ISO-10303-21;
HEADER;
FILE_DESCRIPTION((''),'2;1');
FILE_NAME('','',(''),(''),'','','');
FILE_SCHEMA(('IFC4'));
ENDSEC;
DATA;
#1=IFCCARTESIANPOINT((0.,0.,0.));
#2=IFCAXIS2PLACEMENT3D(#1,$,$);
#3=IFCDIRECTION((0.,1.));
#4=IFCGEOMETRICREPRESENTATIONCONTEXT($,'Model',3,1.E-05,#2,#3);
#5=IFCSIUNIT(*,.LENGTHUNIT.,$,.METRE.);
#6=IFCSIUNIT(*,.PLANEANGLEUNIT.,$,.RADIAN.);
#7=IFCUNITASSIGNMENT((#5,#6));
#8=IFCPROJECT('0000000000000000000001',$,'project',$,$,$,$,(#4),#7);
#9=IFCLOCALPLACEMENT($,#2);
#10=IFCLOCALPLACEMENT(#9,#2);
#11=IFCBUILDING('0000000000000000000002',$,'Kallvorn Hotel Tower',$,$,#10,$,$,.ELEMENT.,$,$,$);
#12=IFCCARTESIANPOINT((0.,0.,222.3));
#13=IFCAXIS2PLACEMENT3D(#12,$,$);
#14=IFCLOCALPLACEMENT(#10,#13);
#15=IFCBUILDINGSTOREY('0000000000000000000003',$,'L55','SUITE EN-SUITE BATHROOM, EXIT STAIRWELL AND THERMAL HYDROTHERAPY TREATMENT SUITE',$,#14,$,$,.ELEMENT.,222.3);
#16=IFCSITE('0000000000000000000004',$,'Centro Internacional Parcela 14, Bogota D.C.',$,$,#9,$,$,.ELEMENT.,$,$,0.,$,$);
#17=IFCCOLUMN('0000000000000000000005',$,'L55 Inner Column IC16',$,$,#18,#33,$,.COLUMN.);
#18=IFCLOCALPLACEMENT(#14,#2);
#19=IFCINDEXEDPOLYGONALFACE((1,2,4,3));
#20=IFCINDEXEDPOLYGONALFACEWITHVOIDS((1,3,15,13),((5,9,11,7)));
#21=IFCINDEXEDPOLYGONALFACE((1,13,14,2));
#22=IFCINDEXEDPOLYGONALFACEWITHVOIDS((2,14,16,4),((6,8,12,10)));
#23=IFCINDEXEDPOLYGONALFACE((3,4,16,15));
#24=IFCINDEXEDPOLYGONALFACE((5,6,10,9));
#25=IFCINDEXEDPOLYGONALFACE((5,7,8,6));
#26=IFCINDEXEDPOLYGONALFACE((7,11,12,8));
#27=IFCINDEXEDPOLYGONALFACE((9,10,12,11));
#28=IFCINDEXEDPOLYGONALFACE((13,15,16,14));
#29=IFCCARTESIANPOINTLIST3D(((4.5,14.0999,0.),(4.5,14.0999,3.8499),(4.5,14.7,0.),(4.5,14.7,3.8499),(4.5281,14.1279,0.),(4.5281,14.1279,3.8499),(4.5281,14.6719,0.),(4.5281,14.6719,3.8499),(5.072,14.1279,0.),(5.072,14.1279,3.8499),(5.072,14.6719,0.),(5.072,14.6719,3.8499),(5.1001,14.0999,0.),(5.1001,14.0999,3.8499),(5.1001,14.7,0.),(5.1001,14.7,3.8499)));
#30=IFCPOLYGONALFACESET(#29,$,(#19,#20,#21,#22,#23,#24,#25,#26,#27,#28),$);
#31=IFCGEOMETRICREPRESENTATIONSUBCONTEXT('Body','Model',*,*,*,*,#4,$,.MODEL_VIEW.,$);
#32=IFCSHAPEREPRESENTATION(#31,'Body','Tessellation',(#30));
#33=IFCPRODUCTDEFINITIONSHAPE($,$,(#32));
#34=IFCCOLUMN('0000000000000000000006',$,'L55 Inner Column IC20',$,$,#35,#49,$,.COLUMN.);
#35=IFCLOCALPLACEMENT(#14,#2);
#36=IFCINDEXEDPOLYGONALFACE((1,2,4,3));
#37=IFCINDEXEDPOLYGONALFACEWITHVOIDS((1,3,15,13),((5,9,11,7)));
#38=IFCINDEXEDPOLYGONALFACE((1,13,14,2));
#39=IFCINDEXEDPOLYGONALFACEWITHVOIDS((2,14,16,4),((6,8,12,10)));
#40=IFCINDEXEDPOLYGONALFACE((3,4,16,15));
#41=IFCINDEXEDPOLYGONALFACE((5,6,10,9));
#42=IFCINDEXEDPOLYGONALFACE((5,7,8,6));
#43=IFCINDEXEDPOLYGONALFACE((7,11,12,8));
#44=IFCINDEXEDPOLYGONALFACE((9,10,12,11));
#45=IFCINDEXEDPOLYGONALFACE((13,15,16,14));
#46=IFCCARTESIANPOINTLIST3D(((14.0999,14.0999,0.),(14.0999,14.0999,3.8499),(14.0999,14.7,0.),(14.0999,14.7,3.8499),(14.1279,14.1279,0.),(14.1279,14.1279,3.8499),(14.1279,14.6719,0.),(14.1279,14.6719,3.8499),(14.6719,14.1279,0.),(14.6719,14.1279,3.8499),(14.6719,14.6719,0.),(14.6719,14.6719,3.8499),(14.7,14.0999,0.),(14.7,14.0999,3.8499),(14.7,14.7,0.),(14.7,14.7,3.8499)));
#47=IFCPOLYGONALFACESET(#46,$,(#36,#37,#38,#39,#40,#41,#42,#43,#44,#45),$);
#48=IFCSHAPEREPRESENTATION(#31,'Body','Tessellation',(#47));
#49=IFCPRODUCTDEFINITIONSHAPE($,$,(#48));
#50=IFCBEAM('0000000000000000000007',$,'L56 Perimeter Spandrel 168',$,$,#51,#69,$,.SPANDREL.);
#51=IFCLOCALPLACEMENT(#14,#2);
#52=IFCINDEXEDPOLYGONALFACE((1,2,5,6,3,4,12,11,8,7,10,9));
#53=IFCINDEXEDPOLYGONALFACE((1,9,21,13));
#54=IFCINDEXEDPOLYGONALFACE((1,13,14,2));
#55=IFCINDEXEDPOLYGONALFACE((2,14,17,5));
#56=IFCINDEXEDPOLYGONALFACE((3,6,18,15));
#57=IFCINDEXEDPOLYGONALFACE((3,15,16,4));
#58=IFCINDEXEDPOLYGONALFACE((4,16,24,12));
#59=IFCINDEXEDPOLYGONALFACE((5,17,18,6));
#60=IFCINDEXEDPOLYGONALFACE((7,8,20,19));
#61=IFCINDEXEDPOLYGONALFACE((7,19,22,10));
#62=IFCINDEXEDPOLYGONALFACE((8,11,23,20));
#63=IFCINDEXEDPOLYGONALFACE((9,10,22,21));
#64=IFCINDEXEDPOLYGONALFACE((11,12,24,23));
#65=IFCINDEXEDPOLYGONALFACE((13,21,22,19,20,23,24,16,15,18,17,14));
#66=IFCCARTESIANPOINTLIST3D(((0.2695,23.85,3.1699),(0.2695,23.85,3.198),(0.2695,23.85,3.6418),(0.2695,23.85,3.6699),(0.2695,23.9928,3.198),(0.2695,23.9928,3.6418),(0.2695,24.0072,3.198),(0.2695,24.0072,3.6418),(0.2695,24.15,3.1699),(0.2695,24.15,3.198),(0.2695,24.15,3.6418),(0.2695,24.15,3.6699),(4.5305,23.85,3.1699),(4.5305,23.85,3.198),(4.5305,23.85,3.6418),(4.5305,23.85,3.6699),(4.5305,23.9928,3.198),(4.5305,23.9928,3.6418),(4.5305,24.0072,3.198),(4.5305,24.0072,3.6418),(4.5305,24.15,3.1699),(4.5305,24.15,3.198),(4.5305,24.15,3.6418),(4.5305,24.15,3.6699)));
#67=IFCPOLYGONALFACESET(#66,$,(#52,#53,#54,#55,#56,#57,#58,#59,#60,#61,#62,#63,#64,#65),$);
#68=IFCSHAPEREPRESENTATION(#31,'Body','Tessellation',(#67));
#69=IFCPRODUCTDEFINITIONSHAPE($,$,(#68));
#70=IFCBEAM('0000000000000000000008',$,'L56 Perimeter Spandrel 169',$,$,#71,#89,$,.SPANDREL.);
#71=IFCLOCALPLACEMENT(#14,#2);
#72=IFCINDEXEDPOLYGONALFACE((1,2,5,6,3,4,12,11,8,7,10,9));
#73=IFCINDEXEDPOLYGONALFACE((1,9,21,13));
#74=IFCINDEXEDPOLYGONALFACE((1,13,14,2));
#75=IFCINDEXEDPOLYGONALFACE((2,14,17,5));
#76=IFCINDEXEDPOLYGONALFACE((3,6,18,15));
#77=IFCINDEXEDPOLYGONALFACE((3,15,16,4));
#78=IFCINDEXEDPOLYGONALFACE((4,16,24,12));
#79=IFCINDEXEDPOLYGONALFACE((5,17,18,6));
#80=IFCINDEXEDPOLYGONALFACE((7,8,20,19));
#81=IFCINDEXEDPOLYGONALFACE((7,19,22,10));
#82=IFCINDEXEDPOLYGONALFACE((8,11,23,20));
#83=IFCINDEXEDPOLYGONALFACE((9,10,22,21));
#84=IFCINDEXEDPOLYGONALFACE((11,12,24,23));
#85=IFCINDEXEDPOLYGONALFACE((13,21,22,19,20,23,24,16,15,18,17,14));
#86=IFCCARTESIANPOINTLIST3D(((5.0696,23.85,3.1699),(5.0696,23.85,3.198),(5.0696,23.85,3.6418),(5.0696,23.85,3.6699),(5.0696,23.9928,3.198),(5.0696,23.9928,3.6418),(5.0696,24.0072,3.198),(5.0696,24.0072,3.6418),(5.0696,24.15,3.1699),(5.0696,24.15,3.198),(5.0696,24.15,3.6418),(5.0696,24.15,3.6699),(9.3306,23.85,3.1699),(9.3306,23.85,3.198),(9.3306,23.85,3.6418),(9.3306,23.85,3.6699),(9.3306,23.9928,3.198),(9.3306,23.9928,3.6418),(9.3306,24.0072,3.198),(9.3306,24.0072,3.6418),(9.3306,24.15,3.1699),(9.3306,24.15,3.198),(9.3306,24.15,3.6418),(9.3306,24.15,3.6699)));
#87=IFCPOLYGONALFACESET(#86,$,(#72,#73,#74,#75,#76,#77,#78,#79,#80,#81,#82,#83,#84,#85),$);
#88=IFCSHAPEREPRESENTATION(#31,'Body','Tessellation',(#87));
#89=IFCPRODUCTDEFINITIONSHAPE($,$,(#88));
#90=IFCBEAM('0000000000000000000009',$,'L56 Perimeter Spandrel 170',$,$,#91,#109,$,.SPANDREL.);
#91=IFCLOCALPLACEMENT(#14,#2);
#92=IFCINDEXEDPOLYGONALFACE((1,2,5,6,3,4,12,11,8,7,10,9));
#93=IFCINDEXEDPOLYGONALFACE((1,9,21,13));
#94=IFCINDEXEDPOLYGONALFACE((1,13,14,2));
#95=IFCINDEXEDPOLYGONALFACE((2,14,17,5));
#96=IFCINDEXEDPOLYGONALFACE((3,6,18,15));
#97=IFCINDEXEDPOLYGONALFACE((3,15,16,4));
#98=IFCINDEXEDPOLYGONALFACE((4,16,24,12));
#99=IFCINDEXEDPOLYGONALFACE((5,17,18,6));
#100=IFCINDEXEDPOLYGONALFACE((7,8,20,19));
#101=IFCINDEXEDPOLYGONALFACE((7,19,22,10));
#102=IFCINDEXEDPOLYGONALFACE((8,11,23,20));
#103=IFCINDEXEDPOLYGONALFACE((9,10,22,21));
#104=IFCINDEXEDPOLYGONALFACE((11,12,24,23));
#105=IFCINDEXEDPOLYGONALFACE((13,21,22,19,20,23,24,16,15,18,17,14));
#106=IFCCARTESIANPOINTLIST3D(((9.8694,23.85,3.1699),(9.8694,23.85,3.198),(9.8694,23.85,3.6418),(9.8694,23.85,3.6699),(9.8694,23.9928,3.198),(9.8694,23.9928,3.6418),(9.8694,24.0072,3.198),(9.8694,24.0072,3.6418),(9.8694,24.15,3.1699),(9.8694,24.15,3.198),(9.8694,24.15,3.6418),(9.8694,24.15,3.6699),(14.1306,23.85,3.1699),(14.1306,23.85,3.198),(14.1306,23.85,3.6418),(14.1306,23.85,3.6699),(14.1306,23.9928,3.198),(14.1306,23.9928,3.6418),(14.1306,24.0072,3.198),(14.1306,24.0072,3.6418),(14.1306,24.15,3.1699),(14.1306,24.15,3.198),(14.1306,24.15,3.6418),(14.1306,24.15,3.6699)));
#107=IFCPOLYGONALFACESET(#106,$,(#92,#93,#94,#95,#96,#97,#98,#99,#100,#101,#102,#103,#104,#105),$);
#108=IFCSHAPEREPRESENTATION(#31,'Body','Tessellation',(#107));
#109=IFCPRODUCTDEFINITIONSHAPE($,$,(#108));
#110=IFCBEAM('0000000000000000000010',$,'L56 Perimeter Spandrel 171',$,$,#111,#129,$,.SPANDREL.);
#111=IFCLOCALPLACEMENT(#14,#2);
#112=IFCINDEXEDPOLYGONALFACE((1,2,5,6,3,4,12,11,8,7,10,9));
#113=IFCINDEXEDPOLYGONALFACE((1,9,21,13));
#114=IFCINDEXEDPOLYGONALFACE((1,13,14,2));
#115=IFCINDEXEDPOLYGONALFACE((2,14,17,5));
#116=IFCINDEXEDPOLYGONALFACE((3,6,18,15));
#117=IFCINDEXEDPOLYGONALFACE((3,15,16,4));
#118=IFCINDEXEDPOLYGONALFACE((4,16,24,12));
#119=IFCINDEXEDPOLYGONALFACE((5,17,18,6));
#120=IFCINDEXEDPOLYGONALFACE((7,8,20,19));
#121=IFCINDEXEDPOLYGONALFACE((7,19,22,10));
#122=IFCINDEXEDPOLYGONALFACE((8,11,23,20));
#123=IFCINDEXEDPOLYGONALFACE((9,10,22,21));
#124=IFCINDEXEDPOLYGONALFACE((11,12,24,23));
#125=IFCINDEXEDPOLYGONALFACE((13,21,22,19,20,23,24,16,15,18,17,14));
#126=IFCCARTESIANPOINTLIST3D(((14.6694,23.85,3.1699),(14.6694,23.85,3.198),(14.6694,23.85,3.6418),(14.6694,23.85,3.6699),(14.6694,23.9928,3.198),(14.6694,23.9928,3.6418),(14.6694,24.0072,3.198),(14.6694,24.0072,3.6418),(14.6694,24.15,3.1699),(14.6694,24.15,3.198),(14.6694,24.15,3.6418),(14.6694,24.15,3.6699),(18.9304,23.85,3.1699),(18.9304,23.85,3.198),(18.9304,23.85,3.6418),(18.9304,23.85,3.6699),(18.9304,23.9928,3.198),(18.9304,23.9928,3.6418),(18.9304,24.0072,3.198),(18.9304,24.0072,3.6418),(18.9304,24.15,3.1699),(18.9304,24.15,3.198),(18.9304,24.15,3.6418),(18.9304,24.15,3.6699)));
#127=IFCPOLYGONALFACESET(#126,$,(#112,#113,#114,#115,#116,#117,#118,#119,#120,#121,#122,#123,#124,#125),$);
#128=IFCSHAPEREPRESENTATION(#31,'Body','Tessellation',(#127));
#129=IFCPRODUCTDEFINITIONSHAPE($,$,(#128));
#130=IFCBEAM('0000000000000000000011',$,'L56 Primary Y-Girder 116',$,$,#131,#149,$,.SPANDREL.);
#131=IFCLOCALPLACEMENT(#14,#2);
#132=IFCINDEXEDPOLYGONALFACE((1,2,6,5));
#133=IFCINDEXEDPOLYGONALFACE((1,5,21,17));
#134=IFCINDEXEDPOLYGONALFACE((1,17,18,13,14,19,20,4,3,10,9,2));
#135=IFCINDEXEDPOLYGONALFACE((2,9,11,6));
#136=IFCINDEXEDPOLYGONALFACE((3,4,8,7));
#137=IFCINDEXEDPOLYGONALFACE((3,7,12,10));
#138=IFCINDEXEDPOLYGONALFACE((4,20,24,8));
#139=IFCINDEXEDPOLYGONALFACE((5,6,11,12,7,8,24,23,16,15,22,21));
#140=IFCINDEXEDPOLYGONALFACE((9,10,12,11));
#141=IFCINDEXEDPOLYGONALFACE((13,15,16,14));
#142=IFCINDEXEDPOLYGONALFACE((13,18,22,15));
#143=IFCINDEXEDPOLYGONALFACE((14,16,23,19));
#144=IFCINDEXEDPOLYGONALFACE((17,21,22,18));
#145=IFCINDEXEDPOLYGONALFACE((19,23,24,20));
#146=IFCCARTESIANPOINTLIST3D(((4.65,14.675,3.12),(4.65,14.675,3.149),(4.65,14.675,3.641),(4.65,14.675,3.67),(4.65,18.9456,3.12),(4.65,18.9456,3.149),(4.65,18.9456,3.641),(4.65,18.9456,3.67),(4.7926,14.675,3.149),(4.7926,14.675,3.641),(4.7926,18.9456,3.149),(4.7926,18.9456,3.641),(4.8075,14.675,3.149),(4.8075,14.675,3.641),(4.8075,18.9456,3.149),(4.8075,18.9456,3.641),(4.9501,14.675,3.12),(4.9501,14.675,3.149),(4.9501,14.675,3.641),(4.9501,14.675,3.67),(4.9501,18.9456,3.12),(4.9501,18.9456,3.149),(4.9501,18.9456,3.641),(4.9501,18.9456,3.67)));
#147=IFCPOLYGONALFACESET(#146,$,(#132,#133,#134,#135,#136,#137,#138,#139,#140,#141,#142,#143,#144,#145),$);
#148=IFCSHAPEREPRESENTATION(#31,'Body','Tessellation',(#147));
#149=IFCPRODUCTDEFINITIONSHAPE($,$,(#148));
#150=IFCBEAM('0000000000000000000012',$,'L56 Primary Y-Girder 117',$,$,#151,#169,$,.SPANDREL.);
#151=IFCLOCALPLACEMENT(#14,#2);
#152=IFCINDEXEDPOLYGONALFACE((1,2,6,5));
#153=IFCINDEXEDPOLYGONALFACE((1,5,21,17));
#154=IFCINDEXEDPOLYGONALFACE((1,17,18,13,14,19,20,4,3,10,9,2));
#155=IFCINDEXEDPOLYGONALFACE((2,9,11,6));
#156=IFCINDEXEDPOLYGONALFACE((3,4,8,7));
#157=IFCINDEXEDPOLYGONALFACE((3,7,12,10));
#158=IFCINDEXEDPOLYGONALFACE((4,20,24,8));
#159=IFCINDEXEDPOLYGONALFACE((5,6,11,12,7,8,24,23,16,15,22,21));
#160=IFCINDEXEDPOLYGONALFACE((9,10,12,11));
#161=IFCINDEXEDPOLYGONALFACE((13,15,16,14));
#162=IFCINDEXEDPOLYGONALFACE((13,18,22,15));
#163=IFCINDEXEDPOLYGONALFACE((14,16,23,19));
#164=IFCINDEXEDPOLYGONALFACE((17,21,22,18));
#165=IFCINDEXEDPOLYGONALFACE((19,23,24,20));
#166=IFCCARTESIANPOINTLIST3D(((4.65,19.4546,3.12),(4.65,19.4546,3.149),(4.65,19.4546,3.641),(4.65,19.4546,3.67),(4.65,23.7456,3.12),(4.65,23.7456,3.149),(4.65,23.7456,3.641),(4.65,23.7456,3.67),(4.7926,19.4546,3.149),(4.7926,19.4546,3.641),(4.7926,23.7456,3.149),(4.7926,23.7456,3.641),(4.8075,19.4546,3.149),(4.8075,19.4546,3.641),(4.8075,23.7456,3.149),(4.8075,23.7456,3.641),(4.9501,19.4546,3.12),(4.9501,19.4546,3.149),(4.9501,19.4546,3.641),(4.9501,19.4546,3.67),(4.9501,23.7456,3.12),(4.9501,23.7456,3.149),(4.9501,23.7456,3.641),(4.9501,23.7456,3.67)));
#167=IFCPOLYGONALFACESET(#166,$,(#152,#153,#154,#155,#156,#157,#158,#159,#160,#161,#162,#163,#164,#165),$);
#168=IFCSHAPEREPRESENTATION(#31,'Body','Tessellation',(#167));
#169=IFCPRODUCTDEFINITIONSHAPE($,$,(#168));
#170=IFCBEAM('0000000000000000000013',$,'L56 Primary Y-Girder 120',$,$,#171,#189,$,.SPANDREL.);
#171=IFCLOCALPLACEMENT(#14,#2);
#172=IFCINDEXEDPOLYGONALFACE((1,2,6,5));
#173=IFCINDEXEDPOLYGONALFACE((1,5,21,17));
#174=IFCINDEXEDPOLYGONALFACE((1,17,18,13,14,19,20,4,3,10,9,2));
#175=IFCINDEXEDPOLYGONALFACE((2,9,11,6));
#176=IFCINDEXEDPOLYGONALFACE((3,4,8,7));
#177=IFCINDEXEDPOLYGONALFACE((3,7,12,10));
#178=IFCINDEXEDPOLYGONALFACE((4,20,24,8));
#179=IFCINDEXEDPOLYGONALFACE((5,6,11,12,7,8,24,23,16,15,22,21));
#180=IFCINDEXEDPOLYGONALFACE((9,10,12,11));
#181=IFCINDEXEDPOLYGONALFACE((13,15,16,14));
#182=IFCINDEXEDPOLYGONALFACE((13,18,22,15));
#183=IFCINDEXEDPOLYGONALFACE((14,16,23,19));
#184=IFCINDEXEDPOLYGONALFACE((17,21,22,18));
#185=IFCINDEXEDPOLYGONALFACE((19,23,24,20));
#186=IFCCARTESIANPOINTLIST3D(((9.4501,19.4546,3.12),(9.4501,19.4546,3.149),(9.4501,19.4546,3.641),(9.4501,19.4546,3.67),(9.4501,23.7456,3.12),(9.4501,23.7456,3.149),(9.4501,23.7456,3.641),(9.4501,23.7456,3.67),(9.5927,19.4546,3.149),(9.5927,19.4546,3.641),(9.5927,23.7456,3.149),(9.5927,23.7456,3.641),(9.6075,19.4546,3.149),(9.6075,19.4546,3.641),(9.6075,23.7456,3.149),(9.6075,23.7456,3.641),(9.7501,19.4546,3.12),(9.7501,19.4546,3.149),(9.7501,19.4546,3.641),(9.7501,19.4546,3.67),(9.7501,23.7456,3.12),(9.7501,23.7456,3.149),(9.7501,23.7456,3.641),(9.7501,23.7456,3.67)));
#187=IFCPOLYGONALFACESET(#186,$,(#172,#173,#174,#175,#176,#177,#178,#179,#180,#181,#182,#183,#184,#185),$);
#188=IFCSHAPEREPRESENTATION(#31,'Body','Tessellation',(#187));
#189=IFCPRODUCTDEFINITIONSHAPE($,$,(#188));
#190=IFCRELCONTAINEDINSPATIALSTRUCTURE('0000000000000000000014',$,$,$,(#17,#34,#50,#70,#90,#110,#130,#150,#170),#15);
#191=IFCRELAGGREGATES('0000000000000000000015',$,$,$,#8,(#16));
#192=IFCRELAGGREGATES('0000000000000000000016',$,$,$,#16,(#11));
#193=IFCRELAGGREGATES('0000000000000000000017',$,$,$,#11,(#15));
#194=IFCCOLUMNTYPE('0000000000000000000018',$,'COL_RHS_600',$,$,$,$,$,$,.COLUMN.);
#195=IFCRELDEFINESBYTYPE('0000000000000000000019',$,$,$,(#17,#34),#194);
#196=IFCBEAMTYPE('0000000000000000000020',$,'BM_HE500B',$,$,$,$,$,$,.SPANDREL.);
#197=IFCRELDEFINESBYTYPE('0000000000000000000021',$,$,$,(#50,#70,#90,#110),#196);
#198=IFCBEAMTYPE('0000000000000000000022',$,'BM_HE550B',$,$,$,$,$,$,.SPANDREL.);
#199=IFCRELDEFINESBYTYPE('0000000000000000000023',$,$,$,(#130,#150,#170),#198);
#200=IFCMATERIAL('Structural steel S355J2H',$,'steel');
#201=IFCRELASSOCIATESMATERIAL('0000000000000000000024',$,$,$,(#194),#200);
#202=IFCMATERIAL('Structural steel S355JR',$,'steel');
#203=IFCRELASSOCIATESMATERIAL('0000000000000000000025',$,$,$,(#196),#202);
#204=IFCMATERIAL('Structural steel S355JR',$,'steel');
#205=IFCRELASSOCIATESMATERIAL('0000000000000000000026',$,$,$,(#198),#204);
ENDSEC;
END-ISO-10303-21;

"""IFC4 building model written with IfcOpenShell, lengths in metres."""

from ifc_helpers import new_model, si_unit, direction, frame, origin, origin_2d, place, context, subcontext, project, spatial, hollow_rectangle, i_section, extrude, material, material_profile, profile_set, type_object, element, save


model = new_model("IFC4")

# Units and contexts
model_context = context("Model", 3, precision=1e-05, world=origin(), true_north=direction((0.0, 1.0)))
body_context = subcontext(model_context, "Body", "Model", "MODEL_VIEW")
ifc_project = project(units=[si_unit("LENGTHUNIT", "METRE"), si_unit("PLANEANGLEUNIT", "RADIAN")], contexts=[model_context])

# Site, building, storey
site_placement = place(None, origin())
site = spatial("IfcSite", under=ifc_project, at=site_placement, Name="Centro Internacional Parcela 14, Bogota D.C.", CompositionType="ELEMENT", RefElevation=0.0)
building_placement = place(site_placement, origin())
building = spatial("IfcBuilding", under=site, at=building_placement, Name="Kallvorn Hotel Tower", CompositionType="ELEMENT")
storey_placement = place(building_placement, frame((0.0, 0.0, 222.3)))
storey = spatial("IfcBuildingStorey", under=building, at=storey_placement, Name="L55", Description="SUITE EN-SUITE BATHROOM, EXIT STAIRWELL AND THERMAL HYDROTHERAPY TREATMENT SUITE", CompositionType="ELEMENT", Elevation=222.3)

# Columns
ifc_material_1 = material(Name="Structural steel S355J2H", Category="steel")
ifc_material_profile_1 = material_profile(ifc_material_1, hollow_rectangle(XDim=0.6001, YDim=0.6001, WallThickness=0.0281, at=origin_2d()), Name="RHS 600x600x28")
ifc_profile_set_1 = profile_set([ifc_material_profile_1], Name="Structural steel S355J2H")
column_type_1 = type_object("IfcColumnType", Name="COL_RHS_600", PredefinedType="COLUMN", material=ifc_profile_set_1)
for number, where, z_axis, x_axis, name in (
    (1, (4.8, 14.3999, 0.0), (0.0, 0.0, 1.0), (1.0, 0.0, 0.0), "L55 Inner Column IC16"),
    (2, (14.3999, 14.3999, 0.0), (0.0, 0.0, 1.0), (1.0, 0.0, 0.0), "L55 Inner Column IC20"),
):
    element("IfcColumn", number, at=place(storey_placement, frame(where, z_axis=z_axis, x_axis=x_axis)), inside=storey, type_object=column_type_1, Name=name, PredefinedType="COLUMN", context=body_context, shape_type="SweptSolid", body=[
        extrude(hollow_rectangle(XDim=0.6001, YDim=0.6001, WallThickness=0.0281, at=origin_2d()), origin(), (0.0, 0.0, 1.0), 3.8499),
    ])

# Beams
ifc_material_2 = material(Name="Structural steel S355JR", Category="steel")
ifc_material_profile_2 = material_profile(ifc_material_2, i_section(OverallWidth=0.3, OverallDepth=0.5, WebThickness=0.0144, FlangeThickness=0.0281, at=origin_2d()), Name="HE 500 B")
ifc_profile_set_2 = profile_set([ifc_material_profile_2], Name="Structural steel S355JR")
beam_type_1 = type_object("IfcBeamType", Name="BM_HE500B", PredefinedType="SPANDREL", material=ifc_profile_set_2)
for number, where, z_axis, x_axis, name in (
    (3, (0.2695, 24.0, 3.4199), (1.0, 0.0, 0.0), (0.0, 1.0, 0.0), "L56 Perimeter Spandrel 168"),
    (4, (5.0696, 24.0, 3.4199), (1.0, 0.0, 0.0), (0.0, 1.0, 0.0), "L56 Perimeter Spandrel 169"),
):
    element("IfcBeam", number, at=place(storey_placement, frame(where, z_axis=z_axis, x_axis=x_axis)), inside=storey, type_object=beam_type_1, Name=name, PredefinedType="SPANDREL", context=body_context, shape_type="SweptSolid", body=[
        extrude(i_section(OverallWidth=0.3, OverallDepth=0.5, WebThickness=0.0144, FlangeThickness=0.0281, at=origin_2d()), origin(), (0.0, 0.0, 1.0), 4.261),
    ])
beam_1_placement = place(storey_placement, frame((9.8694, 24.0, 3.4199), z_axis=(1.0, 0.0, 0.0), x_axis=(0.0, 1.0, 0.0)))
element("IfcBeam", 5, at=beam_1_placement, inside=storey, type_object=beam_type_1, Name="L56 Perimeter Spandrel 170", PredefinedType="SPANDREL", context=body_context, shape_type="SweptSolid", body=[
    extrude(i_section(OverallWidth=0.3, OverallDepth=0.5, WebThickness=0.0144, FlangeThickness=0.0281, at=origin_2d()), origin(), (0.0, 0.0, 1.0), 4.2612),
])
beam_2_placement = place(storey_placement, frame((14.6694, 24.0, 3.4199), z_axis=(1.0, 0.0, 0.0), x_axis=(0.0, 1.0, 0.0)))
element("IfcBeam", 6, at=beam_2_placement, inside=storey, type_object=beam_type_1, Name="L56 Perimeter Spandrel 171", PredefinedType="SPANDREL", context=body_context, shape_type="SweptSolid", body=[
    extrude(i_section(OverallWidth=0.3, OverallDepth=0.5, WebThickness=0.0144, FlangeThickness=0.0281, at=origin_2d()), origin(), (0.0, 0.0, 1.0), 4.261),
])
ifc_material_3 = material(Name="Structural steel S355JR", Category="steel")
ifc_material_profile_3 = material_profile(ifc_material_3, i_section(OverallWidth=0.3, OverallDepth=0.55, WebThickness=0.0149, FlangeThickness=0.0291, at=origin_2d()), Name="HE 550 B")
ifc_profile_set_3 = profile_set([ifc_material_profile_3], Name="Structural steel S355JR")
beam_type_2 = type_object("IfcBeamType", Name="BM_HE550B", PredefinedType="SPANDREL", material=ifc_profile_set_3)
beam_3_placement = place(storey_placement, frame((4.8, 14.675, 3.395), z_axis=(0.0, 1.0, 0.0), x_axis=(-1.0, 0.0, 0.0)))
element("IfcBeam", 7, at=beam_3_placement, inside=storey, type_object=beam_type_2, Name="L56 Primary Y-Girder 116", PredefinedType="SPANDREL", context=body_context, shape_type="SweptSolid", body=[
    extrude(i_section(OverallWidth=0.3, OverallDepth=0.55, WebThickness=0.0149, FlangeThickness=0.0291, at=origin_2d()), origin(), (0.0, 0.0, 1.0), 4.2705),
])
for number, where, z_axis, x_axis, name in (
    (8, (4.8, 19.4546, 3.395), (0.0, 1.0, 0.0), (-1.0, 0.0, 0.0), "L56 Primary Y-Girder 117"),
    (9, (9.6001, 19.4546, 3.395), (0.0, 1.0, 0.0), (-1.0, 0.0, 0.0), "L56 Primary Y-Girder 120"),
):
    element("IfcBeam", number, at=place(storey_placement, frame(where, z_axis=z_axis, x_axis=x_axis)), inside=storey, type_object=beam_type_2, Name=name, PredefinedType="SPANDREL", context=body_context, shape_type="SweptSolid", body=[
        extrude(i_section(OverallWidth=0.3, OverallDepth=0.55, WebThickness=0.0149, FlangeThickness=0.0291, at=origin_2d()), origin(), (0.0, 0.0, 1.0), 4.291),
    ])

save(model, "model.ifc")
